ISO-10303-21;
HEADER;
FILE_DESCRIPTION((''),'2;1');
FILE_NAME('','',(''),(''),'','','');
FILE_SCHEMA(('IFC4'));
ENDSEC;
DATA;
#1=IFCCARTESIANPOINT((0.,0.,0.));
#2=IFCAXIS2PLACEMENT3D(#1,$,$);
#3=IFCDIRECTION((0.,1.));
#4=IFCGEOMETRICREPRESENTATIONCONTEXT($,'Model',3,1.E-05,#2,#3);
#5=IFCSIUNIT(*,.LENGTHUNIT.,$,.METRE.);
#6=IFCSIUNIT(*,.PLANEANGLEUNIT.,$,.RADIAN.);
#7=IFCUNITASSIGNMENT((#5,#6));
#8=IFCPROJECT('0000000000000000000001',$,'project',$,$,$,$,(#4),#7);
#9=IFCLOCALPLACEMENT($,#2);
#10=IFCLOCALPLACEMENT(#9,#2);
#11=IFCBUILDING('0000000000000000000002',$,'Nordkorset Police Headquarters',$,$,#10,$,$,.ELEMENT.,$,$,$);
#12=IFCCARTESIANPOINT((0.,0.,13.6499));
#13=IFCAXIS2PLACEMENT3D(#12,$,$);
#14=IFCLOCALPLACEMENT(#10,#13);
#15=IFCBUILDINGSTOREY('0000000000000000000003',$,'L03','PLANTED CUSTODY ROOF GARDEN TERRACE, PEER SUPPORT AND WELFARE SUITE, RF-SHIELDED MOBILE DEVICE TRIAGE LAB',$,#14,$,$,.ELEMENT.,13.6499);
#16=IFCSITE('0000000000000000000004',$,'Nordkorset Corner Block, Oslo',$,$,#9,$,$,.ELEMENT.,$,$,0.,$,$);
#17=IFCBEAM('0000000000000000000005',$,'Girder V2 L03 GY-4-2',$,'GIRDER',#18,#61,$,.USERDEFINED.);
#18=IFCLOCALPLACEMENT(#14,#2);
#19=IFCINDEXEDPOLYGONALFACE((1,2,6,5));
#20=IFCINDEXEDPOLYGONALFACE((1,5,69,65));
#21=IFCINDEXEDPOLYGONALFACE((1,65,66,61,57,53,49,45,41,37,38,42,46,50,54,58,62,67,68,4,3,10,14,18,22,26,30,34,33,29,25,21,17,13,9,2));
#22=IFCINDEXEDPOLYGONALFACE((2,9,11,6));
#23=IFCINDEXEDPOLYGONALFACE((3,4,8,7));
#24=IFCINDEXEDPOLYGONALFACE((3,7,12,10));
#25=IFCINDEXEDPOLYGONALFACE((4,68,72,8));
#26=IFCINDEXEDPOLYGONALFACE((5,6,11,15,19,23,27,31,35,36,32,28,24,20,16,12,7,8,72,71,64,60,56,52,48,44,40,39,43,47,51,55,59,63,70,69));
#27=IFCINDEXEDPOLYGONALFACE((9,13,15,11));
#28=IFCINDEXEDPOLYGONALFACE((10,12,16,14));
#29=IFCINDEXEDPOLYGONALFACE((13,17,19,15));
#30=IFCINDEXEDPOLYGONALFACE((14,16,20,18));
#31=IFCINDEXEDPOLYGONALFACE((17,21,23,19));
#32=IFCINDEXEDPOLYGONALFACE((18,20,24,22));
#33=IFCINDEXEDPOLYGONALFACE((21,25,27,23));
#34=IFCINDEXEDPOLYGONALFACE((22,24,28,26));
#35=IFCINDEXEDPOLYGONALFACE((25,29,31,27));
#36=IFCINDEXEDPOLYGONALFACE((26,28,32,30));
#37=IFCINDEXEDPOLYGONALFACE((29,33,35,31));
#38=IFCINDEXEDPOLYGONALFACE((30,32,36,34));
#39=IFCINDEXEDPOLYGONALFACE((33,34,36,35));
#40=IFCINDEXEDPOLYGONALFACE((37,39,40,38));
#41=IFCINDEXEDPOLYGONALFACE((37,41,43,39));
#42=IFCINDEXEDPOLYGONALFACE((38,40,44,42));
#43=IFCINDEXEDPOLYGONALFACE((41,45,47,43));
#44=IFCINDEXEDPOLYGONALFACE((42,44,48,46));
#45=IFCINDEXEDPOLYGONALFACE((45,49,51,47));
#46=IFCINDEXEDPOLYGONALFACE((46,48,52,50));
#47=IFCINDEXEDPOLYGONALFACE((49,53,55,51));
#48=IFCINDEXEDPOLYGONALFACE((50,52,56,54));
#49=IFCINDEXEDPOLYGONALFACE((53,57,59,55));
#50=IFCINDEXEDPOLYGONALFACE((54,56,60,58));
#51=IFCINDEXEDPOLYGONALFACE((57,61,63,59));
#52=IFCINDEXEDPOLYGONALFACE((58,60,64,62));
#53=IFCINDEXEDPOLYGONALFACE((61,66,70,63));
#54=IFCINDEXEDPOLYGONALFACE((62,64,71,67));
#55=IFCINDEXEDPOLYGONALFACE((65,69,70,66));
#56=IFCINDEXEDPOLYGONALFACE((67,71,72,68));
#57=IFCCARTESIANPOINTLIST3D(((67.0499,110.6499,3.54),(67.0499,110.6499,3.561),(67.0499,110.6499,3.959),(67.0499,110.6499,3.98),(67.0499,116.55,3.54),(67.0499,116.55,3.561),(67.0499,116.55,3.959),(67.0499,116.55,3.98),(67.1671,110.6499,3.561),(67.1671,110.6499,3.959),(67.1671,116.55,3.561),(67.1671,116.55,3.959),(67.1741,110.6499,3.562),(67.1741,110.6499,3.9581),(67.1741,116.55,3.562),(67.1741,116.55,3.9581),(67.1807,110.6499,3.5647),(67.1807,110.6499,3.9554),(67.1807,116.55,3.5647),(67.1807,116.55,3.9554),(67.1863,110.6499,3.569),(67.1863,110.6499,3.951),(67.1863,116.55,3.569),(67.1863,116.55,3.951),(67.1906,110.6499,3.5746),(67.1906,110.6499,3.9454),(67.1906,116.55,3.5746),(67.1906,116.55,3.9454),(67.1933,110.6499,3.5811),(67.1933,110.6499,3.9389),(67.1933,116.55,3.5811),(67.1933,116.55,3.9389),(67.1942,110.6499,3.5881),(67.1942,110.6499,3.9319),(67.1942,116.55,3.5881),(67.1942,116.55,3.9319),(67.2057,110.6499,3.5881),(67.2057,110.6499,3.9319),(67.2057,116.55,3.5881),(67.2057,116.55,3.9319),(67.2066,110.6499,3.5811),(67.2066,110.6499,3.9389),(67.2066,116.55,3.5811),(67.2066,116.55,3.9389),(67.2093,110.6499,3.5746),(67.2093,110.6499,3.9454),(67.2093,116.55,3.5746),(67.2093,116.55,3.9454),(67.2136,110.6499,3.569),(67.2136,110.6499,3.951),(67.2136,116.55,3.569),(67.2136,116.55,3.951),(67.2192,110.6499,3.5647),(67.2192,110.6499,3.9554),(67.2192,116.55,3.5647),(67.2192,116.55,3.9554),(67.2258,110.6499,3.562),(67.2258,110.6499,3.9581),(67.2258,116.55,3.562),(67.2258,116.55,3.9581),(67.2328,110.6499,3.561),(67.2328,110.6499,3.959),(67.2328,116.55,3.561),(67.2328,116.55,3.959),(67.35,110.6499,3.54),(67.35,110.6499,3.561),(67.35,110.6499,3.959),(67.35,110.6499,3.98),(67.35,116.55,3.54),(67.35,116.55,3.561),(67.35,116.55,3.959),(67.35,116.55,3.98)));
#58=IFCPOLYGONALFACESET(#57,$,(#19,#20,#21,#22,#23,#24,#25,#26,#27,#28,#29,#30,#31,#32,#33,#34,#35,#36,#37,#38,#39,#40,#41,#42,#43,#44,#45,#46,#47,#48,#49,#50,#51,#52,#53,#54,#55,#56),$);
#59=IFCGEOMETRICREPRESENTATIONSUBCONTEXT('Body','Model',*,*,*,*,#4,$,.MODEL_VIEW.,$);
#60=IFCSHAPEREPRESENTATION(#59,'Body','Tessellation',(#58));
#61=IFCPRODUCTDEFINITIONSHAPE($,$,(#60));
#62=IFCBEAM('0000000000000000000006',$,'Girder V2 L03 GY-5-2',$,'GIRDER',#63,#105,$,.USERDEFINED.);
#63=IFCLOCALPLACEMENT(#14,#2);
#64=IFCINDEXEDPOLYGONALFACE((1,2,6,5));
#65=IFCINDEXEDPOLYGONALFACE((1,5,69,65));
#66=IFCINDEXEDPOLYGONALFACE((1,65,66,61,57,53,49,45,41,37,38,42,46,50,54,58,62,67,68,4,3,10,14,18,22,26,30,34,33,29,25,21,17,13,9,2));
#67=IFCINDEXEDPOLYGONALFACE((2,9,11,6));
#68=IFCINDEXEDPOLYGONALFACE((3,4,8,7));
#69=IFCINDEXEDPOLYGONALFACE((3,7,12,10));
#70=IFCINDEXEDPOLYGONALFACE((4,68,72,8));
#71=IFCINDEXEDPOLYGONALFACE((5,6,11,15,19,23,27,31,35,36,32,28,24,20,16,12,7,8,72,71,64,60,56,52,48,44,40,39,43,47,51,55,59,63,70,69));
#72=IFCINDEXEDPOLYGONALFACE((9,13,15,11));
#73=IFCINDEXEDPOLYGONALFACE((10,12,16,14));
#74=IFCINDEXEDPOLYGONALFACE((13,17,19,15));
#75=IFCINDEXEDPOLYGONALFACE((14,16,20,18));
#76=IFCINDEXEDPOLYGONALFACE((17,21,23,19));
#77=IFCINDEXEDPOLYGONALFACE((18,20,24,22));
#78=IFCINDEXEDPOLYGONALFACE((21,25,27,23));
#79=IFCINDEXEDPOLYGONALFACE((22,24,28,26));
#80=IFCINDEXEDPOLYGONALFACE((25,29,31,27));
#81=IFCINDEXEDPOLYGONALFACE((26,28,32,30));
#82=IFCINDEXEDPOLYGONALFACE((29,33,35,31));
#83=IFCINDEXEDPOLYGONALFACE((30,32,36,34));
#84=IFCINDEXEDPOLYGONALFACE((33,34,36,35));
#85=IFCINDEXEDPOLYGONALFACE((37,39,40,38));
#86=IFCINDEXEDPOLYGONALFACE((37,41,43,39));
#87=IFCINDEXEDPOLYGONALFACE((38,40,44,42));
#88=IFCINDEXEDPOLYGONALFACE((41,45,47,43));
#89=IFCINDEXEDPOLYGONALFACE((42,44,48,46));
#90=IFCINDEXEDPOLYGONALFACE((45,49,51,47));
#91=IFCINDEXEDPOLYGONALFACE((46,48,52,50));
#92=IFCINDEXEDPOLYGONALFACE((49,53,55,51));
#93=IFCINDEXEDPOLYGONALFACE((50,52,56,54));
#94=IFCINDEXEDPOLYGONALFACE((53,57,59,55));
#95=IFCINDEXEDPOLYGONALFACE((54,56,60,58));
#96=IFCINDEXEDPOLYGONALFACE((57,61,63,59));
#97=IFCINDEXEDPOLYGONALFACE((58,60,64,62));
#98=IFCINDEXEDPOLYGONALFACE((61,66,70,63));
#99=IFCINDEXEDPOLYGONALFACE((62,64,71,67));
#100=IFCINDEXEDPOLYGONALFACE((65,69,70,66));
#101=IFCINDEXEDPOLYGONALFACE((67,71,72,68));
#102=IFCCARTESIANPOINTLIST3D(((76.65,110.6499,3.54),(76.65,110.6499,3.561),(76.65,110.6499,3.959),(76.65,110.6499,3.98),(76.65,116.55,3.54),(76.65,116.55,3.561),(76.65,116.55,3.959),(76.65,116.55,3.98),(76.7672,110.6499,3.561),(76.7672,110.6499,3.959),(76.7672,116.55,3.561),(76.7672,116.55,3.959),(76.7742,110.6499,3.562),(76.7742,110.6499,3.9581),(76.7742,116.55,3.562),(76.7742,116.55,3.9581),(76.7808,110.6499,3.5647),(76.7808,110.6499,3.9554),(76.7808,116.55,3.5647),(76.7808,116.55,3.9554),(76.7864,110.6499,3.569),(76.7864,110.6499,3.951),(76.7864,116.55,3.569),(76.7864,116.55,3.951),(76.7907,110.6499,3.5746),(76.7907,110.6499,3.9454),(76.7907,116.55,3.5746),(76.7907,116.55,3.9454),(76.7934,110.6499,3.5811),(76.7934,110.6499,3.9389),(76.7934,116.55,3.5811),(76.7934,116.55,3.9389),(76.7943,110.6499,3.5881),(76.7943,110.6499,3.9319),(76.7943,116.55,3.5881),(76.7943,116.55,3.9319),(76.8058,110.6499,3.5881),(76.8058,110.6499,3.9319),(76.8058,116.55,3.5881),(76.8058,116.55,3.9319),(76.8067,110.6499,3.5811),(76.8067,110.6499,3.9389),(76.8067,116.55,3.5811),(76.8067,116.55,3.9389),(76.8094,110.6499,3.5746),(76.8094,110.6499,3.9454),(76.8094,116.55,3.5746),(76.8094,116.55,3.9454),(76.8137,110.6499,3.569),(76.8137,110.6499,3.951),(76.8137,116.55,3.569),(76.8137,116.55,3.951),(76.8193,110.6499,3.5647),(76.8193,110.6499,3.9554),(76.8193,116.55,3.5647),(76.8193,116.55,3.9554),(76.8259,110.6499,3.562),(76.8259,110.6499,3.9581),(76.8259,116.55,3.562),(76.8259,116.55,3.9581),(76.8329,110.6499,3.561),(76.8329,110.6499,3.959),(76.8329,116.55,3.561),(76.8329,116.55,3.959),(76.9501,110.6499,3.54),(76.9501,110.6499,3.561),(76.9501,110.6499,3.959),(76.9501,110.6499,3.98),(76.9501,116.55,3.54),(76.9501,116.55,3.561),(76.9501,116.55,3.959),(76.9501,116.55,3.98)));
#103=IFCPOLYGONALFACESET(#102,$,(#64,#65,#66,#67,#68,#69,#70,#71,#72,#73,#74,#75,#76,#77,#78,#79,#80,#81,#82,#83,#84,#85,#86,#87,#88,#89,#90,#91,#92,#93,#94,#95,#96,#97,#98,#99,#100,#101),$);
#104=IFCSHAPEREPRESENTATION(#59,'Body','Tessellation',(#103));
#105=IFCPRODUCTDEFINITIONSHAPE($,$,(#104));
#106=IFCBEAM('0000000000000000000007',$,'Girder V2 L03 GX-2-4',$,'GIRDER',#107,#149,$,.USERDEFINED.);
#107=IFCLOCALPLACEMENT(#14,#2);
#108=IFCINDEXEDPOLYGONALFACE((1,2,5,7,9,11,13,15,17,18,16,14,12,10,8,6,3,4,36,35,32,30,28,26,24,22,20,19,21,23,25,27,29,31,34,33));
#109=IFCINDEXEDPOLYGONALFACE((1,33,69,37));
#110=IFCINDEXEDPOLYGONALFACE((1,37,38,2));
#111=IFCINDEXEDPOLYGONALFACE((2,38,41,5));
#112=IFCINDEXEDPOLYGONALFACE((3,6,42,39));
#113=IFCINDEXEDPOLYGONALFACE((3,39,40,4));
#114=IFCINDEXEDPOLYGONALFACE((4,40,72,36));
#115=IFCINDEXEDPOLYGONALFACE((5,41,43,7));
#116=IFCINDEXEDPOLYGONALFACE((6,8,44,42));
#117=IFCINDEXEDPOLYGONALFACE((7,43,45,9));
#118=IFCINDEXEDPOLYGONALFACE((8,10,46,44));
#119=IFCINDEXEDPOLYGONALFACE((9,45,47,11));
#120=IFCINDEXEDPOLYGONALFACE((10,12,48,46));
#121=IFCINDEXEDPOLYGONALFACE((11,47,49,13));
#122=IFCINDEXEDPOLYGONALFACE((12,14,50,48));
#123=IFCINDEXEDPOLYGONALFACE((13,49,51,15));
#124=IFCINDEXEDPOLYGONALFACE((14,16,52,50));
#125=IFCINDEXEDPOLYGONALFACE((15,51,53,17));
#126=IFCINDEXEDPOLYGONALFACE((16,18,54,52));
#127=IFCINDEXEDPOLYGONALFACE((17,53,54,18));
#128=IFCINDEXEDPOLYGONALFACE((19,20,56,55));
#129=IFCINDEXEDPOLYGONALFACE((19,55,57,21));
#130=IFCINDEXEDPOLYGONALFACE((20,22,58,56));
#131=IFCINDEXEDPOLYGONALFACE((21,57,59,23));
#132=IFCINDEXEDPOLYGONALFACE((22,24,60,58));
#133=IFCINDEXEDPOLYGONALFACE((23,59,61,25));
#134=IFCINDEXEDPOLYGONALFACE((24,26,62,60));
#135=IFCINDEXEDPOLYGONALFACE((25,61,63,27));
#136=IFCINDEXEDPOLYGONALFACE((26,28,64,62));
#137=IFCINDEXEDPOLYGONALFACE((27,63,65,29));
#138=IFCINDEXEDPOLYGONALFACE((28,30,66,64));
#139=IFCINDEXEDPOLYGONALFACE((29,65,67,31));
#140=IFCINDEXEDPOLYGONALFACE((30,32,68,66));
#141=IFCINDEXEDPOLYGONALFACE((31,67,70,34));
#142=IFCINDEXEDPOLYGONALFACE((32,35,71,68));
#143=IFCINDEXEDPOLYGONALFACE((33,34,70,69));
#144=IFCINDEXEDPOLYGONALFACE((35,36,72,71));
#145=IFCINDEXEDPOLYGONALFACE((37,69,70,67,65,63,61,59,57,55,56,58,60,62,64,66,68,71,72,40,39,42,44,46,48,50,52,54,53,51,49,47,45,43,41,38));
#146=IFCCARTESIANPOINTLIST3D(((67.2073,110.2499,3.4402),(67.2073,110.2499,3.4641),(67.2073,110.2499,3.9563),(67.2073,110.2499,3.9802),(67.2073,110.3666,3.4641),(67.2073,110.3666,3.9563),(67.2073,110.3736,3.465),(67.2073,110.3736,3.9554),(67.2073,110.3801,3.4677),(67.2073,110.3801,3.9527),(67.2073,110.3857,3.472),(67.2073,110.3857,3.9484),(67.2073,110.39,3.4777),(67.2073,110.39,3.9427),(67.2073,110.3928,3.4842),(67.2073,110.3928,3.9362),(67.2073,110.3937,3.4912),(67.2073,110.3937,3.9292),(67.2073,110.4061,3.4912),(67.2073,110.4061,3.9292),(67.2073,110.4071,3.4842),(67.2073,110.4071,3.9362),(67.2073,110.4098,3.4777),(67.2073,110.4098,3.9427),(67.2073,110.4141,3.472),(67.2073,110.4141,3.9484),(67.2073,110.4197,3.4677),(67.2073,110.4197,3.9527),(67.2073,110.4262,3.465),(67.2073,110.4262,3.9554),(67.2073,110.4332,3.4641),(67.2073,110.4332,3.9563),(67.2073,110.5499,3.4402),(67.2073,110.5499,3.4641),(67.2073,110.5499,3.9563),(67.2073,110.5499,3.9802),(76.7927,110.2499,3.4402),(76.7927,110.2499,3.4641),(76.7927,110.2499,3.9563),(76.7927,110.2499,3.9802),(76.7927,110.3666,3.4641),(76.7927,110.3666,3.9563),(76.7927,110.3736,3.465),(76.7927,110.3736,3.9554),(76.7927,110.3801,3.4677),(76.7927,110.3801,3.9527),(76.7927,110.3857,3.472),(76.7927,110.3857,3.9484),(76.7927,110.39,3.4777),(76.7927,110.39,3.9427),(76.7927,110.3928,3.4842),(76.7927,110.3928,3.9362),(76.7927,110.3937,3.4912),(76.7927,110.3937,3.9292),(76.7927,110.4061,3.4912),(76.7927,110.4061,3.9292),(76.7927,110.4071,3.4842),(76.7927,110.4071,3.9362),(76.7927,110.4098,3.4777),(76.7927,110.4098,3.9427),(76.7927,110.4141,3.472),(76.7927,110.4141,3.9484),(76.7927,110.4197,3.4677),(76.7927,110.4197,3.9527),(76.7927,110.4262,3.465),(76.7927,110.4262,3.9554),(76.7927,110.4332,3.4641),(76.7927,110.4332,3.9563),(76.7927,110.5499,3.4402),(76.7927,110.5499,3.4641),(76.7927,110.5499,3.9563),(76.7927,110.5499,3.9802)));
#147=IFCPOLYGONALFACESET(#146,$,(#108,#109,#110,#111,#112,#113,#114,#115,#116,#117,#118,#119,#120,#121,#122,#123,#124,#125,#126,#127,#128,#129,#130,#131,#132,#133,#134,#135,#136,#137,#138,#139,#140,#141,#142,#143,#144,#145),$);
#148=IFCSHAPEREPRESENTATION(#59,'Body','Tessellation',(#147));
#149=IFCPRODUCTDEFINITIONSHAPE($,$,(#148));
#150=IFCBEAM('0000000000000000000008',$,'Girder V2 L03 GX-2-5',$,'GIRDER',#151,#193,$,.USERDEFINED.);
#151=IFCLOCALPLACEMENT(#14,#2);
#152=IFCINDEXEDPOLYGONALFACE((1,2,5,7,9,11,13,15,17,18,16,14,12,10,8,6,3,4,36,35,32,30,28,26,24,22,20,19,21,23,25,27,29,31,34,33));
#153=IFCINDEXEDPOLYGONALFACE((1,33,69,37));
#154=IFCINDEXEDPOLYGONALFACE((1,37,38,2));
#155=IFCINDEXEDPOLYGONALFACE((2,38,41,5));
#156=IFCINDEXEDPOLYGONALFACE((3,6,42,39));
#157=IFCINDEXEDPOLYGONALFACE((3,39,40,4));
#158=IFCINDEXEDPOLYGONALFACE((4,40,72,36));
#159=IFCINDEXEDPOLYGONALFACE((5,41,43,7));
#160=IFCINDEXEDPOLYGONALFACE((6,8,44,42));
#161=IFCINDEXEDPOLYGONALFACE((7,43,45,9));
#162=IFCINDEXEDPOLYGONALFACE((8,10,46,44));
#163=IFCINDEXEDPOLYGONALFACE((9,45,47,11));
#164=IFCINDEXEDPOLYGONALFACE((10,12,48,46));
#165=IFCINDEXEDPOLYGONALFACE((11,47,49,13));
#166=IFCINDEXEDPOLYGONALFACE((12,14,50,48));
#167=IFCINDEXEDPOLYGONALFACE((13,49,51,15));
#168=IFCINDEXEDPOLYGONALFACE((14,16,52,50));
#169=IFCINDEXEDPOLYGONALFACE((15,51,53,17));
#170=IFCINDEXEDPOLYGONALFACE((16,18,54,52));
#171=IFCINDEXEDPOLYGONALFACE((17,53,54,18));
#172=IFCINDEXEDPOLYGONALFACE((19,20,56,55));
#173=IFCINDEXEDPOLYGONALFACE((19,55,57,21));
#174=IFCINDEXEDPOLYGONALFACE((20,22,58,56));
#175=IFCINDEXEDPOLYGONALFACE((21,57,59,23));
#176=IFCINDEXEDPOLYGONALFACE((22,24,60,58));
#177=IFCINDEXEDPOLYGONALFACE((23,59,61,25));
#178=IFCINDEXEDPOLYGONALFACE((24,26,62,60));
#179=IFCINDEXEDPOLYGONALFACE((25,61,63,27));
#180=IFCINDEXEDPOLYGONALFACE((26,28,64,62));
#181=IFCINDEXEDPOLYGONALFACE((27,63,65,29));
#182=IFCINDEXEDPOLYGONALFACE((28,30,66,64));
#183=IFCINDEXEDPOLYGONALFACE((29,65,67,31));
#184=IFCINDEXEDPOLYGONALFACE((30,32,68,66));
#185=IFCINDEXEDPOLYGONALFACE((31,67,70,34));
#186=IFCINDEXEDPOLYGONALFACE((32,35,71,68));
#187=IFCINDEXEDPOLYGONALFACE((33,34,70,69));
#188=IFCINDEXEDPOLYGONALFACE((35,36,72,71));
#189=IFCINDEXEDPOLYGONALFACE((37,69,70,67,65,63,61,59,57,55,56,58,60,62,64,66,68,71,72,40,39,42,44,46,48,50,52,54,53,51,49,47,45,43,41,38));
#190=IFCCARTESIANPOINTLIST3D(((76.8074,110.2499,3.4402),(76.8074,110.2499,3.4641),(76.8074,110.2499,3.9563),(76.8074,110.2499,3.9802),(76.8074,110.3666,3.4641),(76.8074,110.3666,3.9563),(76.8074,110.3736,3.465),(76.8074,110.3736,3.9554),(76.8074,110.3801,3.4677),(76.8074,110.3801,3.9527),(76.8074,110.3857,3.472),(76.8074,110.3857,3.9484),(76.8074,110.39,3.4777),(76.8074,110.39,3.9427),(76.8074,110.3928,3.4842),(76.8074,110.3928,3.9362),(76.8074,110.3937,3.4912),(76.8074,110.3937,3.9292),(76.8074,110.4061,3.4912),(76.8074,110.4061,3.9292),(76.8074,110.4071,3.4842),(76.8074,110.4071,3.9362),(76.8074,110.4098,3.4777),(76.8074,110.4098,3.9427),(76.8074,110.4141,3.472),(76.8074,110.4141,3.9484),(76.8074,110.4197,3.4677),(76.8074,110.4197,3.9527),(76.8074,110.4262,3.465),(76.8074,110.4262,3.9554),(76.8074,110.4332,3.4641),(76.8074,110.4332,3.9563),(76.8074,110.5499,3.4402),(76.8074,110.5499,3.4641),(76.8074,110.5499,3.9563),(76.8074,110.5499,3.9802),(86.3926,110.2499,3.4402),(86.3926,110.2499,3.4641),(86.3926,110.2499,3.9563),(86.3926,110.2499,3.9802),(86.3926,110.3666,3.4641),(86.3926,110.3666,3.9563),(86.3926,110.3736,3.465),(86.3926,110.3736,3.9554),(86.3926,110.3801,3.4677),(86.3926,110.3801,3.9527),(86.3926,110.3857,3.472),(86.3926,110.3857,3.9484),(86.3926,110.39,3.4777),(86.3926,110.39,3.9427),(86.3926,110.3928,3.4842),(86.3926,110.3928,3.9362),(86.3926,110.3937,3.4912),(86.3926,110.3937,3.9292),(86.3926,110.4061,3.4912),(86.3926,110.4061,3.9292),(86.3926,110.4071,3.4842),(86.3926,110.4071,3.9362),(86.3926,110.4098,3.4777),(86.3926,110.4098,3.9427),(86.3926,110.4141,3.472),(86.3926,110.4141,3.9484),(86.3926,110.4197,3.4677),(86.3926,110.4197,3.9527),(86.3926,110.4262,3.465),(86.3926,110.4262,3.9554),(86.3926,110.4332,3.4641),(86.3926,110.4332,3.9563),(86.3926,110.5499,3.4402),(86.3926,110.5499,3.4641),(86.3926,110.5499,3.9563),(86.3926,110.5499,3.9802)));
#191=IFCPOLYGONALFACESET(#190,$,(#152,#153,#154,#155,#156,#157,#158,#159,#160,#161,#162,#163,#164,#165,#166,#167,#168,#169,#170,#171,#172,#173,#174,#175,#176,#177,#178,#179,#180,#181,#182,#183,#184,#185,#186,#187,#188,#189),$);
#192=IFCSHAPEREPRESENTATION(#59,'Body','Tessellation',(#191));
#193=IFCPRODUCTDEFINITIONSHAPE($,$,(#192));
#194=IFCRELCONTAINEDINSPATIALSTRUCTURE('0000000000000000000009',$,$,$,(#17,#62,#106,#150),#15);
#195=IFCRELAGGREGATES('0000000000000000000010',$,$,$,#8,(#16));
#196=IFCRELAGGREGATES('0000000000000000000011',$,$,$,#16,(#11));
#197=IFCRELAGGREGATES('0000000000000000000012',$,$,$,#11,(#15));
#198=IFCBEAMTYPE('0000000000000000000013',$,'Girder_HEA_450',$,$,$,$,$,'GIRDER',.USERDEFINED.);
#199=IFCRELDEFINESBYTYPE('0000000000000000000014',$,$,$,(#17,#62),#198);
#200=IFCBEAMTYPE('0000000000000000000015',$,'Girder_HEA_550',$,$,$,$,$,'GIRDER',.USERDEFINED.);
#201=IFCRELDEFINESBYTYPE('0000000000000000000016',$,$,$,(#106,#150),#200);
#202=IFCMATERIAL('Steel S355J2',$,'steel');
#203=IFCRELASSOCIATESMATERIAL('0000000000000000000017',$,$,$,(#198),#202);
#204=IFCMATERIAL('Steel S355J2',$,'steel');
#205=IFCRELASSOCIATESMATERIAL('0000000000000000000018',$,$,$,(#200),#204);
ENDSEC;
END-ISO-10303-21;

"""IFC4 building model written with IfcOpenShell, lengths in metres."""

from ifc_helpers import new_model, si_unit, direction, frame, origin, origin_2d, place, context, subcontext, project, spatial, i_section, extrude, material, material_profile, profile_set, type_object, element, save


model = new_model("IFC4")

# Units and contexts
model_context = context("Model", 3, precision=1e-05, world=origin(), true_north=direction((0.0, 1.0)))
body_context = subcontext(model_context, "Body", "Model", "MODEL_VIEW")
ifc_project = project(units=[si_unit("LENGTHUNIT", "METRE"), si_unit("PLANEANGLEUNIT", "RADIAN")], contexts=[model_context])

# Site, building, storey
site_placement = place(None, origin())
site = spatial("IfcSite", under=ifc_project, at=site_placement, Name="Nordkorset Corner Block, Oslo", CompositionType="ELEMENT", RefElevation=0.0)
building_placement = place(site_placement, origin())
building = spatial("IfcBuilding", under=site, at=building_placement, Name="Nordkorset Police Headquarters", CompositionType="ELEMENT")
storey_placement = place(building_placement, frame((0.0, 0.0, 13.6499)))
storey = spatial("IfcBuildingStorey", under=building, at=storey_placement, Name="L03", Description="PLANTED CUSTODY ROOF GARDEN TERRACE, PEER SUPPORT AND WELFARE SUITE, RF-SHIELDED MOBILE DEVICE TRIAGE LAB", CompositionType="ELEMENT", Elevation=13.6499)

# Beams
ifc_material_1 = material(Name="Steel S355J2", Category="steel")
ifc_material_profile_1 = material_profile(ifc_material_1, i_section(OverallWidth=0.3, OverallDepth=0.4399, WebThickness=0.0115, FlangeThickness=0.021, FilletRadius=0.0271, at=origin_2d()), Name="HEA 450")
ifc_profile_set_1 = profile_set([ifc_material_profile_1], Name="Steel S355J2")
beam_type_1 = type_object("IfcBeamType", Name="Girder_HEA_450", ElementType="GIRDER", PredefinedType="USERDEFINED", material=ifc_profile_set_1)
for number, where, z_axis, x_axis, name in (
    (1, (67.2, 110.6499, 3.76), (0.0, 1.0, 0.0), (-1.0, 0.0, 0.0), "Girder V2 L03 GY-4-2"),
    (2, (76.8, 110.6499, 3.76), (0.0, 1.0, 0.0), (-1.0, 0.0, 0.0), "Girder V2 L03 GY-5-2"),
):
    element("IfcBeam", number, at=place(storey_placement, frame(where, z_axis=z_axis, x_axis=x_axis)), inside=storey, type_object=beam_type_1, Name=name, ObjectType="GIRDER", PredefinedType="USERDEFINED", context=body_context, shape_type="SweptSolid", body=[
        extrude(i_section(OverallWidth=0.3, OverallDepth=0.4399, WebThickness=0.0115, FlangeThickness=0.021, FilletRadius=0.0271, at=origin_2d()), origin(), (0.0, 0.0, 1.0), 5.9001),
    ])
ifc_material_2 = material(Name="Steel S355J2", Category="steel")
ifc_material_profile_2 = material_profile(ifc_material_2, i_section(OverallWidth=0.3, OverallDepth=0.54, WebThickness=0.0125, FlangeThickness=0.0239, FilletRadius=0.0271, at=origin_2d()), Name="HEA 550")
ifc_profile_set_2 = profile_set([ifc_material_profile_2], Name="Steel S355J2")
beam_type_2 = type_object("IfcBeamType", Name="Girder_HEA_550", ElementType="GIRDER", PredefinedType="USERDEFINED", material=ifc_profile_set_2)
beam_1_placement = place(storey_placement, frame((67.2073, 110.3999, 3.7102), z_axis=(1.0, 0.0, 0.0), x_axis=(0.0, 1.0, 0.0)))
element("IfcBeam", 3, at=beam_1_placement, inside=storey, type_object=beam_type_2, Name="Girder V2 L03 GX-2-4", ObjectType="GIRDER", PredefinedType="USERDEFINED", context=body_context, shape_type="SweptSolid", body=[
    extrude(i_section(OverallWidth=0.3, OverallDepth=0.54, WebThickness=0.0125, FlangeThickness=0.0239, FilletRadius=0.0271, at=origin_2d()), origin(), (0.0, 0.0, 1.0), 9.5854),
])
beam_2_placement = place(storey_placement, frame((76.8074, 110.3999, 3.7102), z_axis=(1.0, 0.0, 0.0), x_axis=(0.0, 1.0, 0.0)))
element("IfcBeam", 4, at=beam_2_placement, inside=storey, type_object=beam_type_2, Name="Girder V2 L03 GX-2-5", ObjectType="GIRDER", PredefinedType="USERDEFINED", context=body_context, shape_type="SweptSolid", body=[
    extrude(i_section(OverallWidth=0.3, OverallDepth=0.54, WebThickness=0.0125, FlangeThickness=0.0239, FilletRadius=0.0271, at=origin_2d()), origin(), (0.0, 0.0, 1.0), 9.5852),
])

save(model, "model.ifc")
